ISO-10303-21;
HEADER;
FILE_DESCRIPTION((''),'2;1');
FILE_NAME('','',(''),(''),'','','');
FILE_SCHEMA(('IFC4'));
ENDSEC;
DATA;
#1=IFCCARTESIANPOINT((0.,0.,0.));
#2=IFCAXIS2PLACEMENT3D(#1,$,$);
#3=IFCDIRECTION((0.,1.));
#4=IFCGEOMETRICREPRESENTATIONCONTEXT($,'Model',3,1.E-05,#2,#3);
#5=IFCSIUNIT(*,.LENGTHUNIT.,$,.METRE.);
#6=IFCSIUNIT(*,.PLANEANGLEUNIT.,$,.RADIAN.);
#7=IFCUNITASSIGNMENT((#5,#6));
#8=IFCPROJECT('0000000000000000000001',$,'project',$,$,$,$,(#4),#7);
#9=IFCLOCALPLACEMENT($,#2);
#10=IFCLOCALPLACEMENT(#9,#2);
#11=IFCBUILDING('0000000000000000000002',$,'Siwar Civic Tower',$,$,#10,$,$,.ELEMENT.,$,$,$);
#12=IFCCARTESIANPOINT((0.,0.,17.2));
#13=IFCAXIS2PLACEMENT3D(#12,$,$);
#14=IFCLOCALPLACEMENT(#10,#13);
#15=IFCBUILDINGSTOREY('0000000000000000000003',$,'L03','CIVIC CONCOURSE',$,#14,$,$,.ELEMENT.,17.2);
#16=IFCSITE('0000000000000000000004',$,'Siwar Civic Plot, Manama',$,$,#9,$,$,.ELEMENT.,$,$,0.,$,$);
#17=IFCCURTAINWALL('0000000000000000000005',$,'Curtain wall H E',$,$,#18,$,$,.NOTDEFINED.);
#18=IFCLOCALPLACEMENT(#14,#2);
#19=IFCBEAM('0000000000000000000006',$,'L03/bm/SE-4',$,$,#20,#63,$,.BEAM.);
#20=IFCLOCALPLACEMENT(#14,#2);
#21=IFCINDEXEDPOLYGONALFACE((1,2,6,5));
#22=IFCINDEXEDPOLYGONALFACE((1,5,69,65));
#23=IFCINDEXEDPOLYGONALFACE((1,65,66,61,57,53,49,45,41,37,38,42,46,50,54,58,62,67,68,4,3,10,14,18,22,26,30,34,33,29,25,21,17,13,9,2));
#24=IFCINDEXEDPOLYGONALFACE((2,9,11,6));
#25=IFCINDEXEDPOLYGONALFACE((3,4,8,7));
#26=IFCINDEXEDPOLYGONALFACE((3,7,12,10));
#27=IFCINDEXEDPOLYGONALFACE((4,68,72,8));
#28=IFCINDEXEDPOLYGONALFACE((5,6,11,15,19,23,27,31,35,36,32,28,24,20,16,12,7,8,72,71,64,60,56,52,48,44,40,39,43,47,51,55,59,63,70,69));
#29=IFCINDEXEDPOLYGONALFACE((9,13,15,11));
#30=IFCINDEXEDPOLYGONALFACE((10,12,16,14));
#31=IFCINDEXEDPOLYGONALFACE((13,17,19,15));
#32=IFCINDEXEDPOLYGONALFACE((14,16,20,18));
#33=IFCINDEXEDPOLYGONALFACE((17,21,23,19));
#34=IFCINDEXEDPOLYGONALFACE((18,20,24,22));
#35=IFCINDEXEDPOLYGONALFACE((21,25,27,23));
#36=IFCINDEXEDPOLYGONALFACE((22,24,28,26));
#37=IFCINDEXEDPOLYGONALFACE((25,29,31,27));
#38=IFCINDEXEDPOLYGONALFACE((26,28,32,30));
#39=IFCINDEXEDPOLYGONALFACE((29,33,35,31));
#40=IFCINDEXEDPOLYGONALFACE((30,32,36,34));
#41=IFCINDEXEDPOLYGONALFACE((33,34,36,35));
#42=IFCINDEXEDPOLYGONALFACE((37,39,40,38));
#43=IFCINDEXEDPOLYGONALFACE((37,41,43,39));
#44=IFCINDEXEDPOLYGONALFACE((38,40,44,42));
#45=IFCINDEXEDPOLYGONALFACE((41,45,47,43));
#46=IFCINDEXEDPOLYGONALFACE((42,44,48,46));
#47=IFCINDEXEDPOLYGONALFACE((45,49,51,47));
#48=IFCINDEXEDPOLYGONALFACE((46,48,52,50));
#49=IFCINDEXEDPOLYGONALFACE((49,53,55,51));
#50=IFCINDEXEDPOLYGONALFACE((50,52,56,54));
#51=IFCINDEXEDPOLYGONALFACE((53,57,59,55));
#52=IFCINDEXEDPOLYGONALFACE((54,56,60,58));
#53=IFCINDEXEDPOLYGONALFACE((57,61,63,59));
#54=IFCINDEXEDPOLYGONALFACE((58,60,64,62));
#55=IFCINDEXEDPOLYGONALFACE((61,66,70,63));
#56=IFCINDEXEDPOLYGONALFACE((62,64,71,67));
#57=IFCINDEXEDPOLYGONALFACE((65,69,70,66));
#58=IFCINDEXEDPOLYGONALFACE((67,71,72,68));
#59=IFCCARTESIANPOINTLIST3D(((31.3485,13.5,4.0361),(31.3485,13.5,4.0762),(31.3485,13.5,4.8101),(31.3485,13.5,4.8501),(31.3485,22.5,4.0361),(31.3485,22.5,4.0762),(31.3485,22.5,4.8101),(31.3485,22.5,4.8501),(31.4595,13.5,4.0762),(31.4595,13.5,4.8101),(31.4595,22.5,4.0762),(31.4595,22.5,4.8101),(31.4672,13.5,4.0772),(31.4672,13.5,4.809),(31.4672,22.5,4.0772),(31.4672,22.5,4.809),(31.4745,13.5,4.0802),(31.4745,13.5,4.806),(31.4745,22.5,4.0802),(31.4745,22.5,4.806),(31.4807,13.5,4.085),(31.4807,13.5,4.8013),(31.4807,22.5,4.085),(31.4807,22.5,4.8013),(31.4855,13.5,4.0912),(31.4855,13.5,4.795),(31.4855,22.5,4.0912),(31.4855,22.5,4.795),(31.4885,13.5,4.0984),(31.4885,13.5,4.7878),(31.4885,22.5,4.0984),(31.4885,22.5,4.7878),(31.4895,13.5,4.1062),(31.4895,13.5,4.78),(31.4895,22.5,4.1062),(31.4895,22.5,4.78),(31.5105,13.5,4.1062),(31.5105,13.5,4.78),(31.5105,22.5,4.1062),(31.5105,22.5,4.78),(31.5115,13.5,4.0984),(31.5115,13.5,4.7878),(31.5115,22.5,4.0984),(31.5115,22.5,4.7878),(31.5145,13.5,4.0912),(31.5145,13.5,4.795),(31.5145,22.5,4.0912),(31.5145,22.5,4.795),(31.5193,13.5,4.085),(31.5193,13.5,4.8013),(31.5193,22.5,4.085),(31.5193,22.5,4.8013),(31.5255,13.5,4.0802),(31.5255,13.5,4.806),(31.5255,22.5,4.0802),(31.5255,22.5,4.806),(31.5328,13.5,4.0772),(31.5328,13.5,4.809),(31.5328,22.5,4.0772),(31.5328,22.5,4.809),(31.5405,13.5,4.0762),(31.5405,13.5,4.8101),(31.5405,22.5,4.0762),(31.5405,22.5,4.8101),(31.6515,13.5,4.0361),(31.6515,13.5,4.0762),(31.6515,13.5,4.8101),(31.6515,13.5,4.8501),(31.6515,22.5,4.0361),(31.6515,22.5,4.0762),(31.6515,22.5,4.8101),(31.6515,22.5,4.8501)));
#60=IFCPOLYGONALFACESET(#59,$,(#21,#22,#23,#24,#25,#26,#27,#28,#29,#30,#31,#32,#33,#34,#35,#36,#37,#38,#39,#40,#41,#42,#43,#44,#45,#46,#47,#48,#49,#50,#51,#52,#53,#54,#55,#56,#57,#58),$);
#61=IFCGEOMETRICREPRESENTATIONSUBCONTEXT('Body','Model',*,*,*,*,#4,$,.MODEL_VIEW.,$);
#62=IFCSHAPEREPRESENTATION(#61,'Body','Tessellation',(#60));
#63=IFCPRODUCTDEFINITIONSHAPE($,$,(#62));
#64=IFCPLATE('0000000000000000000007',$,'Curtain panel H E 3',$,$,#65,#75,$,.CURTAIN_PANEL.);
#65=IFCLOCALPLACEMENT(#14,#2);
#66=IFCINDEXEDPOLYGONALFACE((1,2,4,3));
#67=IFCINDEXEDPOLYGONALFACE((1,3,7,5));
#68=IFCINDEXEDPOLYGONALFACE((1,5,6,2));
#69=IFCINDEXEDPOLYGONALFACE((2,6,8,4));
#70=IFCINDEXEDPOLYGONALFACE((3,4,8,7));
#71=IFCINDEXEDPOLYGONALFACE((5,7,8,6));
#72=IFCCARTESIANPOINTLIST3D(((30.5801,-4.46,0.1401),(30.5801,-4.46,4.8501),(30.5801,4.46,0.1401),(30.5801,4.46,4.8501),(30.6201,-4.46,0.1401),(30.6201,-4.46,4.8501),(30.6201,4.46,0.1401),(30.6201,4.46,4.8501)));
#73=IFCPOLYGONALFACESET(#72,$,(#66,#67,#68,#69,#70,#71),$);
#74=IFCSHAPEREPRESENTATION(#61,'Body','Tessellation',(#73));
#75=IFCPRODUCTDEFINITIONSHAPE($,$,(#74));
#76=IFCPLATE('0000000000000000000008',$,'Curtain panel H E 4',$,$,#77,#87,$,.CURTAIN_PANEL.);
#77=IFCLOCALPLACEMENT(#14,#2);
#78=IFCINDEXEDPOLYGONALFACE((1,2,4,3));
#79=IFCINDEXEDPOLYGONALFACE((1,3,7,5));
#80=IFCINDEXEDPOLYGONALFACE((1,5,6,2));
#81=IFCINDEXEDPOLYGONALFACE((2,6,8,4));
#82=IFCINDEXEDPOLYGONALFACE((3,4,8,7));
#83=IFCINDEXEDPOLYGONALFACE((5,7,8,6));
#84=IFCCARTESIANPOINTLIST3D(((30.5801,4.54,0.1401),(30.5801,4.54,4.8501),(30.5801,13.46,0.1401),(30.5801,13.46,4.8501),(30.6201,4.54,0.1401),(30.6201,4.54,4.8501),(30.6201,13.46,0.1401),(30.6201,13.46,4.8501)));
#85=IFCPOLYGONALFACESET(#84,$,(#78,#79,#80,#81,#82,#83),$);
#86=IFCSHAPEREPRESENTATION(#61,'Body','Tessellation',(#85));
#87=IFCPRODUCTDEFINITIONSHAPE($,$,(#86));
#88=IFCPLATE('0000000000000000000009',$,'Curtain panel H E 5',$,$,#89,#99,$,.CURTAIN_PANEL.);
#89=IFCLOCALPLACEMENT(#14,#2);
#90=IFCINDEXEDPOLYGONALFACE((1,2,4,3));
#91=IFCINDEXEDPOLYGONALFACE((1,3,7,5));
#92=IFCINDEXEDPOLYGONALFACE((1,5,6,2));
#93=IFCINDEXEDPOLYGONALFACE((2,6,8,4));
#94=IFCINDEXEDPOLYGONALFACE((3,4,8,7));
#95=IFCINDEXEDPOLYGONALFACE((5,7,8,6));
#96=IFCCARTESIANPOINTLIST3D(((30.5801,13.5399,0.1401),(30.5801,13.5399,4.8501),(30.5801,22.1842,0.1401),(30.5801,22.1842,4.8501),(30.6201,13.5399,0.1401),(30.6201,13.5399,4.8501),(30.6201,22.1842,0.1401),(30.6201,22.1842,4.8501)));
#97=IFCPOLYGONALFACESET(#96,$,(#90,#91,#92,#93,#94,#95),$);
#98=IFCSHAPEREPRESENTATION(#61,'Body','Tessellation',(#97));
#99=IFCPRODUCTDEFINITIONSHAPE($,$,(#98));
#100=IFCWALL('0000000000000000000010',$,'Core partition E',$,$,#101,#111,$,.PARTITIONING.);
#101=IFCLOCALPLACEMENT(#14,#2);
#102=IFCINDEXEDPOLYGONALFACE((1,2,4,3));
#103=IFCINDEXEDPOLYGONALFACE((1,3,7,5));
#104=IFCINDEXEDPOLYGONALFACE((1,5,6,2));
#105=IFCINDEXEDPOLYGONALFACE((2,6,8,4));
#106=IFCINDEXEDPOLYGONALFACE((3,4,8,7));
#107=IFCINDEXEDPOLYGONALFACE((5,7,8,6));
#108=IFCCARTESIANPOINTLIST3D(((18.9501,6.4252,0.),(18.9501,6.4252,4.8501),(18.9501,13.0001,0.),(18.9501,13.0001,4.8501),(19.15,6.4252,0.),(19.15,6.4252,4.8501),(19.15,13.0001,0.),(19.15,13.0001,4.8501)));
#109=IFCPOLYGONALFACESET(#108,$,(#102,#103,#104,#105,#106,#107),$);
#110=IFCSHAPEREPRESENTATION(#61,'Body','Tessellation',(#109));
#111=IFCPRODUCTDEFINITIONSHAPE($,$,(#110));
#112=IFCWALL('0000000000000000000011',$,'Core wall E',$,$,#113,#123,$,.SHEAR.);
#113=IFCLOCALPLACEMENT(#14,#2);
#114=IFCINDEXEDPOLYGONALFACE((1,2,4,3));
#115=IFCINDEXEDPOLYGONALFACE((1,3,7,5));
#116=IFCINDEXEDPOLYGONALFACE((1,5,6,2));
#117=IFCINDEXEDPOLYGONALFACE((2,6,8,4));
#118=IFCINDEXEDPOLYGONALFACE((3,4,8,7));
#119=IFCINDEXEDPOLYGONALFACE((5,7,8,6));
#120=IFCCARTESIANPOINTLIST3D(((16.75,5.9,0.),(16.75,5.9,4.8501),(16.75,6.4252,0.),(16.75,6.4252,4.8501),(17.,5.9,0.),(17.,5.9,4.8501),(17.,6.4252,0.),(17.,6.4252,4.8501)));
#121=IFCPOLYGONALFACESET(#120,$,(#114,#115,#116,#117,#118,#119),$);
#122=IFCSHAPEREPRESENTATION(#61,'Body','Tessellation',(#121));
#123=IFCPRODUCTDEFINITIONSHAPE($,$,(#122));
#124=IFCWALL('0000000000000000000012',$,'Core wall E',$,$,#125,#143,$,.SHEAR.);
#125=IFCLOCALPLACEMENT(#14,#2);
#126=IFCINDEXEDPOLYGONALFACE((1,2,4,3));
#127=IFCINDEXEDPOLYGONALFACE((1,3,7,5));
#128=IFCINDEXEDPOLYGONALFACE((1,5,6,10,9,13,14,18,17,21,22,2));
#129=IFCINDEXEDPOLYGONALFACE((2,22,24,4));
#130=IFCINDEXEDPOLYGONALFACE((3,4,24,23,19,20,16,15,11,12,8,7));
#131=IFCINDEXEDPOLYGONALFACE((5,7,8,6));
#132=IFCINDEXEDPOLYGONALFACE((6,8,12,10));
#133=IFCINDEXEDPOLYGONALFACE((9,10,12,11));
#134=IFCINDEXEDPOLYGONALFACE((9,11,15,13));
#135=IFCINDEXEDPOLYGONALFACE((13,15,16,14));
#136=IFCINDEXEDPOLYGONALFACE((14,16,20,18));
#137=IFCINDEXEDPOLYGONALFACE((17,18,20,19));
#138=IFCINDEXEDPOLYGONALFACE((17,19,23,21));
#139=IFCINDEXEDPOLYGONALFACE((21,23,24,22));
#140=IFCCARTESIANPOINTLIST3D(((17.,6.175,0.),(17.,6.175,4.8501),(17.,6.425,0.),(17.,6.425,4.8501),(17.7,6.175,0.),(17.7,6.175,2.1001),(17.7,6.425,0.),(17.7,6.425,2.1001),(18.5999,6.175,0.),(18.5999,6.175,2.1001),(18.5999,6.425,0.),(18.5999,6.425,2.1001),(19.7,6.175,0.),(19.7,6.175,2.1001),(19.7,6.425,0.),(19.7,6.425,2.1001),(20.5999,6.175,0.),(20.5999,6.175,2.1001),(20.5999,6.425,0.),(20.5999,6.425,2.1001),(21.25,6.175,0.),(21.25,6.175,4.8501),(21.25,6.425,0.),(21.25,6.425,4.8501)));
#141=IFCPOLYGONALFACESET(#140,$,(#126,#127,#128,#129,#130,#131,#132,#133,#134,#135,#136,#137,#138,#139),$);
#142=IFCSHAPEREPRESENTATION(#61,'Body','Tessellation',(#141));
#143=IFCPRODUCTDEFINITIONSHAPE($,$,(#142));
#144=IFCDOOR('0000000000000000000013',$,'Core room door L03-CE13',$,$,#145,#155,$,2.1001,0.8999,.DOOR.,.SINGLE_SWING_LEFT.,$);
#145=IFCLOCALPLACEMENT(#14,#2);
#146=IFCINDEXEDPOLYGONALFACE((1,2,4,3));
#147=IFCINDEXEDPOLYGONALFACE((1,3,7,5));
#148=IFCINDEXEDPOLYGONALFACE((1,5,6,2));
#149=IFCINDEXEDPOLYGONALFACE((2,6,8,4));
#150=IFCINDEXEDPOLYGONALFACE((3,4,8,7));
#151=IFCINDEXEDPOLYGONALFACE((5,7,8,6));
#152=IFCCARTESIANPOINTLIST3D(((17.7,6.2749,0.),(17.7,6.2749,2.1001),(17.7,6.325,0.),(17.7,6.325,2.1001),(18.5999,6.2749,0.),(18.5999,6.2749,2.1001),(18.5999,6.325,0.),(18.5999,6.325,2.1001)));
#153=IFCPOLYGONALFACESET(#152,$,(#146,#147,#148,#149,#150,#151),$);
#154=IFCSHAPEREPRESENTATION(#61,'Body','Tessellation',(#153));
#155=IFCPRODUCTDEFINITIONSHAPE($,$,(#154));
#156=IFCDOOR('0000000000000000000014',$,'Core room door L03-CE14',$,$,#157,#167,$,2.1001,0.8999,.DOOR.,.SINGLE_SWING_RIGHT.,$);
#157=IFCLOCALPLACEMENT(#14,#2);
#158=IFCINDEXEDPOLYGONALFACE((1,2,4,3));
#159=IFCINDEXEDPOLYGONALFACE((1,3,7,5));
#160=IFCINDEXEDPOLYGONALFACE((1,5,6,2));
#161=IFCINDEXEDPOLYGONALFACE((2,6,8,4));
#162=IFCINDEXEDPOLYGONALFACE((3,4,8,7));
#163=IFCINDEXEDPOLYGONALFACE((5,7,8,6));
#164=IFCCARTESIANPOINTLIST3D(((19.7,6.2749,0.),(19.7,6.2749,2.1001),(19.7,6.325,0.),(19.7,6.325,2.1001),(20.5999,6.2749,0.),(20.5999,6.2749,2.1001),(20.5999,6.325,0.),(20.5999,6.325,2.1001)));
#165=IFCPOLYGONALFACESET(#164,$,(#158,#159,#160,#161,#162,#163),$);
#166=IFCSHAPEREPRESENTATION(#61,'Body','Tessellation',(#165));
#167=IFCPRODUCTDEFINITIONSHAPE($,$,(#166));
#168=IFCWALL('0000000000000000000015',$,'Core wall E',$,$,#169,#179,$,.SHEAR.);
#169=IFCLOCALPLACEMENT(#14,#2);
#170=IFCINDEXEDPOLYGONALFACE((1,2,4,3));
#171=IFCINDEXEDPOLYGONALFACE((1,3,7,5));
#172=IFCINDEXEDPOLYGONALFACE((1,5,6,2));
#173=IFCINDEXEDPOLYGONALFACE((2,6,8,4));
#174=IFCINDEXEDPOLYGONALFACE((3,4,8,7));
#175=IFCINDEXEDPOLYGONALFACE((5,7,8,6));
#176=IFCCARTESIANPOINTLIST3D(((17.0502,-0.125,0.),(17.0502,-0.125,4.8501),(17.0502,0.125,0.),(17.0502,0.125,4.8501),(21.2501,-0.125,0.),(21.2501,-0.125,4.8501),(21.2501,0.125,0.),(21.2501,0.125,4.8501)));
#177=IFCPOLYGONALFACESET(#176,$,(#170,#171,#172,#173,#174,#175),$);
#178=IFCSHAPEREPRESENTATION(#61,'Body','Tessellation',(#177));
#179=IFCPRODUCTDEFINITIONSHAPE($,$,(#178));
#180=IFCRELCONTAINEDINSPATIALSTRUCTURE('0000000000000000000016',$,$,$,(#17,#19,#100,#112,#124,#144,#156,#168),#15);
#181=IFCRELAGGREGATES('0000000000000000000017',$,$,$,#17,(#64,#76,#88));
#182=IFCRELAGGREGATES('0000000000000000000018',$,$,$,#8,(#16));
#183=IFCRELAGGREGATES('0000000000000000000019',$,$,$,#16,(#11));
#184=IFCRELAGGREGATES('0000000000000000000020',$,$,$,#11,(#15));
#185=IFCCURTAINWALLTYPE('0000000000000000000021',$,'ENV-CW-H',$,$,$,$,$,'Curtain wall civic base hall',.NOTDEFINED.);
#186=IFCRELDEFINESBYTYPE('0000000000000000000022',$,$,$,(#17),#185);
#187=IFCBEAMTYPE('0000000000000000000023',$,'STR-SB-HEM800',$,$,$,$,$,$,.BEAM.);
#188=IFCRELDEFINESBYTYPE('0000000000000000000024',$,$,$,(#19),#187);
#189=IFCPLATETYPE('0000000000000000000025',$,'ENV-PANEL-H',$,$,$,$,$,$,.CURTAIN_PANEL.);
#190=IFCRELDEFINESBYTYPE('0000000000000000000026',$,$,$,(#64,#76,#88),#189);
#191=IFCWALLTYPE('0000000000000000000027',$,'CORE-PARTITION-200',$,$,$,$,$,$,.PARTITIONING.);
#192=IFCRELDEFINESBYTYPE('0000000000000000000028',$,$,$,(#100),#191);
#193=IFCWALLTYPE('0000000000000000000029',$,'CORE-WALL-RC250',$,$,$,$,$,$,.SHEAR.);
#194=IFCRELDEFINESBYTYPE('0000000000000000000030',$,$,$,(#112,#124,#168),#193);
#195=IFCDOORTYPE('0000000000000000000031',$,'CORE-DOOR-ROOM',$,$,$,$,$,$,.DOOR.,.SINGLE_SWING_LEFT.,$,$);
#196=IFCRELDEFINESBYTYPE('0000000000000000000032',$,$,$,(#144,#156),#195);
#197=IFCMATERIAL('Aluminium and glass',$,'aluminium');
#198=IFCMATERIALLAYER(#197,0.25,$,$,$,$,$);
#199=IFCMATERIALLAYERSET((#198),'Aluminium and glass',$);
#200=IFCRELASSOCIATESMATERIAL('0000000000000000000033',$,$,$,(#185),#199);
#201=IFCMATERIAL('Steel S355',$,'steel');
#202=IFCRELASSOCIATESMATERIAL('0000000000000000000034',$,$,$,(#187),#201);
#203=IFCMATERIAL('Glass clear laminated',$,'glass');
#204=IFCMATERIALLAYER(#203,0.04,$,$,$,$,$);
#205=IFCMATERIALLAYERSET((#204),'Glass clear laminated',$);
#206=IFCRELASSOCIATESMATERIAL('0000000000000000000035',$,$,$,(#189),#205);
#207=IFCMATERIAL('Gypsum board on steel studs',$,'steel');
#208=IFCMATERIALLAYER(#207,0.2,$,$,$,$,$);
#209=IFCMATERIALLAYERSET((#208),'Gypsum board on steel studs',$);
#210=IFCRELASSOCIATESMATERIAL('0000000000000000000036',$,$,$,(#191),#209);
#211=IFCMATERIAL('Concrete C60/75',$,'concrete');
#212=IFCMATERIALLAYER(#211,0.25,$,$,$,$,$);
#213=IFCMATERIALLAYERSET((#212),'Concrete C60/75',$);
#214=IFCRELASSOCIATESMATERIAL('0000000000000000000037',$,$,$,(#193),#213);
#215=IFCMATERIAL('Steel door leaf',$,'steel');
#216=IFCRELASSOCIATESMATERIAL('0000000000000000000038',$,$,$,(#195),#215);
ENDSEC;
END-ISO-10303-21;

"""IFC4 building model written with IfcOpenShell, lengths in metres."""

from ifc_helpers import new_model, si_unit, direction, frame, frame_2d, origin, origin_2d, place, context, subcontext, project, spatial, rectangle, i_section, extrude, material, layer, layer_set, material_profile, profile_set, type_object, element, fill, aggregate, save


model = new_model("IFC4")

# Units and contexts
model_context = context("Model", 3, precision=1e-05, world=origin(), true_north=direction((0.0, 1.0)))
body_context = subcontext(model_context, "Body", "Model", "MODEL_VIEW")
ifc_project = project(units=[si_unit("LENGTHUNIT", "METRE"), si_unit("PLANEANGLEUNIT", "RADIAN")], contexts=[model_context])

# Site, building, storey
site_placement = place(None, origin())
site = spatial("IfcSite", under=ifc_project, at=site_placement, Name="Siwar Civic Plot, Manama", CompositionType="ELEMENT", RefElevation=0.0)
building_placement = place(site_placement, origin())
building = spatial("IfcBuilding", under=site, at=building_placement, Name="Siwar Civic Tower", CompositionType="ELEMENT")
storey_placement = place(building_placement, frame((0.0, 0.0, 17.2)))
storey = spatial("IfcBuildingStorey", under=building, at=storey_placement, Name="L03", Description="CIVIC CONCOURSE", CompositionType="ELEMENT", Elevation=17.2)

# Curtain wall
ifc_material_1 = material(Name="Aluminium and glass", Category="aluminium")
ifc_layer_1 = layer(ifc_material_1, 0.25)
ifc_layer_set_1 = layer_set([ifc_layer_1], Name="Aluminium and glass")
curtain_wall_type = type_object("IfcCurtainWallType", Name="ENV-CW-H", ElementType="Curtain wall civic base hall", PredefinedType="NOTDEFINED", material=ifc_layer_set_1)
curtain_wall_placement = place(storey_placement, origin())
curtain_wall = element("IfcCurtainWall", 1, at=curtain_wall_placement, inside=storey, type_object=curtain_wall_type, Name="Curtain wall H E", PredefinedType="NOTDEFINED")

# Beam
ifc_material_2 = material(Name="Steel S355", Category="steel")
ifc_material_profile_1 = material_profile(ifc_material_2, i_section(OverallWidth=0.303, OverallDepth=0.814, WebThickness=0.021, FlangeThickness=0.04, FilletRadius=0.03, at=origin_2d()), Name="HEM800")
ifc_profile_set_1 = profile_set([ifc_material_profile_1], Name="Steel S355")
beam_type_1 = type_object("IfcBeamType", Name="STR-SB-HEM800", PredefinedType="BEAM", material=ifc_profile_set_1)
for number, where, z_axis, x_axis, name in (
    (2, (31.5, 13.5, 4.4431), (0.0, 1.0, 0.0), (-1.0, 0.0, 0.0), "L03/bm/SE-4"),
):
    element("IfcBeam", number, at=place(storey_placement, frame(where, z_axis=z_axis, x_axis=x_axis)), inside=storey, type_object=beam_type_1, Name=name, PredefinedType="BEAM", context=body_context, shape_type="SweptSolid", body=[
        extrude(i_section(OverallWidth=0.303, OverallDepth=0.814, WebThickness=0.021, FlangeThickness=0.04, FilletRadius=0.03, at=origin_2d()), origin(), (0.0, 0.0, 1.0), 9.0),
    ])

# Plates
ifc_material_3 = material(Name="Glass clear laminated", Category="glass")
ifc_layer_2 = layer(ifc_material_3, 0.04)
ifc_layer_set_2 = layer_set([ifc_layer_2], Name="Glass clear laminated")
plate_type = type_object("IfcPlateType", Name="ENV-PANEL-H", PredefinedType="CURTAIN_PANEL", material=ifc_layer_set_2)
plate_1_placement = place(storey_placement, frame((30.6001, 0.0, 0.1401), z_axis=(0.0, 0.0, 1.0), x_axis=(0.0, 1.0, 0.0)))
plate_1 = element("IfcPlate", 3, at=plate_1_placement, type_object=plate_type, Name="Curtain panel H E 3", PredefinedType="CURTAIN_PANEL", context=body_context, shape_type="SweptSolid", body=[
    extrude(rectangle(XDim=8.9199, YDim=0.04, at=origin_2d()), origin(), (0.0, 0.0, 1.0), 4.71),
])
plate_2_placement = place(storey_placement, frame((30.6001, 9.0, 0.1401), z_axis=(0.0, 0.0, 1.0), x_axis=(0.0, 1.0, 0.0)))
plate_2 = element("IfcPlate", 4, at=plate_2_placement, type_object=plate_type, Name="Curtain panel H E 4", PredefinedType="CURTAIN_PANEL", context=body_context, shape_type="SweptSolid", body=[
    extrude(rectangle(XDim=8.9199, YDim=0.04, at=origin_2d()), origin(), (0.0, 0.0, 1.0), 4.71),
])
plate_3_placement = place(storey_placement, frame((30.6001, 17.8621, 0.1401), z_axis=(0.0, 0.0, 1.0), x_axis=(0.0, 1.0, 0.0)))
plate_3 = element("IfcPlate", 5, at=plate_3_placement, type_object=plate_type, Name="Curtain panel H E 5", PredefinedType="CURTAIN_PANEL", context=body_context, shape_type="SweptSolid", body=[
    extrude(rectangle(XDim=8.6443, YDim=0.04, at=origin_2d()), origin(), (0.0, 0.0, 1.0), 4.71),
])
aggregate(curtain_wall, [plate_1, plate_2, plate_3])

# Walls
ifc_material_4 = material(Name="Gypsum board on steel studs", Category="steel")
ifc_layer_3 = layer(ifc_material_4, 0.2)
ifc_layer_set_3 = layer_set([ifc_layer_3], Name="Gypsum board on steel studs")
wall_type_1 = type_object("IfcWallType", Name="CORE-PARTITION-200", PredefinedType="PARTITIONING", material=ifc_layer_set_3)
wall_1_placement = place(storey_placement, frame((19.05, 6.425, 0.0), z_axis=(0.0, 0.0, 1.0), x_axis=(0.0, 1.0, 0.0)))
element("IfcWall", 6, at=wall_1_placement, inside=storey, type_object=wall_type_1, Name="Core partition E", PredefinedType="PARTITIONING", context=body_context, shape_type="SweptSolid", body=[
    extrude(rectangle(XDim=6.575, YDim=0.2, at=frame_2d((3.2876, 0.0))), origin(), (0.0, 0.0, 1.0), 4.8501),
])
ifc_material_5 = material(Name="Concrete C60/75", Category="concrete")
ifc_layer_4 = layer(ifc_material_5, 0.25)
ifc_layer_set_4 = layer_set([ifc_layer_4], Name="Concrete C60/75")
wall_type_2 = type_object("IfcWallType", Name="CORE-WALL-RC250", PredefinedType="SHEAR", material=ifc_layer_set_4)
wall_2_placement = place(storey_placement, frame((16.875, 5.8999, 0.0), z_axis=(0.0, 0.0, 1.0), x_axis=(0.0, 1.0, 0.0)))
element("IfcWall", 7, at=wall_2_placement, inside=storey, type_object=wall_type_2, Name="Core wall E", PredefinedType="SHEAR", context=body_context, shape_type="SweptSolid", body=[
    extrude(rectangle(XDim=0.5251, YDim=0.25, at=frame_2d((0.2627, 0.0))), origin(), (0.0, 0.0, 1.0), 4.8501),
])

# Wall, openings, doors
wall_3_placement = place(storey_placement, frame((17.0, 6.3, 0.0), z_axis=(0.0, 0.0, 1.0), x_axis=(1.0, 0.0, 0.0)))
wall_3 = element("IfcWall", 8, at=wall_3_placement, inside=storey, type_object=wall_type_2, Name="Core wall E", PredefinedType="SHEAR", context=body_context, shape_type="SweptSolid", body=[
    extrude(rectangle(XDim=4.25, YDim=0.25, at=frame_2d((2.125, 0.0))), origin(), (0.0, 0.0, 1.0), 4.8501),
])
opening_1_placement = place(wall_3_placement, frame((0.7, 0.0, 0.0)))
opening_1 = element("IfcOpeningElement", 9, at=opening_1_placement, cuts=wall_3, PredefinedType="OPENING", context=body_context, shape_type="SweptSolid", body=[
    extrude(rectangle(XDim=0.8999, YDim=2.1001, at=frame_2d((0.45, 1.05))), frame((0.0, 0.135, 0.0), z_axis=(0.0, -1.0, 0.0), x_axis=(1.0, 0.0, 0.0)), (0.0, 0.0, 1.0), 0.27),
])
opening_2_placement = place(wall_3_placement, frame((2.7, 0.0, 0.0)))
opening_2 = element("IfcOpeningElement", 10, at=opening_2_placement, cuts=wall_3, PredefinedType="OPENING", context=body_context, shape_type="SweptSolid", body=[
    extrude(rectangle(XDim=0.8999, YDim=2.1001, at=frame_2d((0.45, 1.05))), frame((0.0, 0.135, 0.0), z_axis=(0.0, -1.0, 0.0), x_axis=(1.0, 0.0, 0.0)), (0.0, 0.0, 1.0), 0.27),
])
ifc_material_6 = material(Name="Steel door leaf", Category="steel")
door_type = type_object("IfcDoorType", Name="CORE-DOOR-ROOM", OperationType="SINGLE_SWING_LEFT", PredefinedType="DOOR", material=ifc_material_6)
door_1_placement = place(opening_1_placement, origin())
door_1 = element("IfcDoor", 11, at=door_1_placement, inside=storey, type_object=door_type, Name="Core room door L03-CE13", OperationType="SINGLE_SWING_LEFT", OverallHeight=2.1001, OverallWidth=0.8999, PredefinedType="DOOR", context=body_context, shape_type="SweptSolid", body=[
    extrude(rectangle(XDim=0.8999, YDim=2.1001, at=frame_2d((0.45, 1.05))), frame((0.0, 0.0249, 0.0), z_axis=(0.0, -1.0, 0.0), x_axis=(1.0, 0.0, 0.0)), (0.0, 0.0, 1.0), 0.05),
])
fill(opening_1, door_1)
door_2_placement = place(opening_2_placement, origin())
door_2 = element("IfcDoor", 12, at=door_2_placement, inside=storey, type_object=door_type, Name="Core room door L03-CE14", OperationType="SINGLE_SWING_RIGHT", OverallHeight=2.1001, OverallWidth=0.8999, PredefinedType="DOOR", context=body_context, shape_type="SweptSolid", body=[
    extrude(rectangle(XDim=0.8999, YDim=2.1001, at=frame_2d((0.45, 1.05))), frame((0.0, 0.0249, 0.0), z_axis=(0.0, -1.0, 0.0), x_axis=(1.0, 0.0, 0.0)), (0.0, 0.0, 1.0), 0.05),
])
fill(opening_2, door_2)

# Wall
for number, where, z_axis, x_axis, name in (
    (13, (17.05, 0.0, 0.0), (0.0, 0.0, 1.0), (1.0, 0.0, 0.0), "Core wall E"),
):
    element("IfcWall", number, at=place(storey_placement, frame(where, z_axis=z_axis, x_axis=x_axis)), inside=storey, type_object=wall_type_2, Name=name, PredefinedType="SHEAR", context=body_context, shape_type="SweptSolid", body=[
        extrude(rectangle(XDim=4.2, YDim=0.25, at=frame_2d((2.1001, 0.0))), origin(), (0.0, 0.0, 1.0), 4.8501),
    ])

save(model, "model.ifc")
